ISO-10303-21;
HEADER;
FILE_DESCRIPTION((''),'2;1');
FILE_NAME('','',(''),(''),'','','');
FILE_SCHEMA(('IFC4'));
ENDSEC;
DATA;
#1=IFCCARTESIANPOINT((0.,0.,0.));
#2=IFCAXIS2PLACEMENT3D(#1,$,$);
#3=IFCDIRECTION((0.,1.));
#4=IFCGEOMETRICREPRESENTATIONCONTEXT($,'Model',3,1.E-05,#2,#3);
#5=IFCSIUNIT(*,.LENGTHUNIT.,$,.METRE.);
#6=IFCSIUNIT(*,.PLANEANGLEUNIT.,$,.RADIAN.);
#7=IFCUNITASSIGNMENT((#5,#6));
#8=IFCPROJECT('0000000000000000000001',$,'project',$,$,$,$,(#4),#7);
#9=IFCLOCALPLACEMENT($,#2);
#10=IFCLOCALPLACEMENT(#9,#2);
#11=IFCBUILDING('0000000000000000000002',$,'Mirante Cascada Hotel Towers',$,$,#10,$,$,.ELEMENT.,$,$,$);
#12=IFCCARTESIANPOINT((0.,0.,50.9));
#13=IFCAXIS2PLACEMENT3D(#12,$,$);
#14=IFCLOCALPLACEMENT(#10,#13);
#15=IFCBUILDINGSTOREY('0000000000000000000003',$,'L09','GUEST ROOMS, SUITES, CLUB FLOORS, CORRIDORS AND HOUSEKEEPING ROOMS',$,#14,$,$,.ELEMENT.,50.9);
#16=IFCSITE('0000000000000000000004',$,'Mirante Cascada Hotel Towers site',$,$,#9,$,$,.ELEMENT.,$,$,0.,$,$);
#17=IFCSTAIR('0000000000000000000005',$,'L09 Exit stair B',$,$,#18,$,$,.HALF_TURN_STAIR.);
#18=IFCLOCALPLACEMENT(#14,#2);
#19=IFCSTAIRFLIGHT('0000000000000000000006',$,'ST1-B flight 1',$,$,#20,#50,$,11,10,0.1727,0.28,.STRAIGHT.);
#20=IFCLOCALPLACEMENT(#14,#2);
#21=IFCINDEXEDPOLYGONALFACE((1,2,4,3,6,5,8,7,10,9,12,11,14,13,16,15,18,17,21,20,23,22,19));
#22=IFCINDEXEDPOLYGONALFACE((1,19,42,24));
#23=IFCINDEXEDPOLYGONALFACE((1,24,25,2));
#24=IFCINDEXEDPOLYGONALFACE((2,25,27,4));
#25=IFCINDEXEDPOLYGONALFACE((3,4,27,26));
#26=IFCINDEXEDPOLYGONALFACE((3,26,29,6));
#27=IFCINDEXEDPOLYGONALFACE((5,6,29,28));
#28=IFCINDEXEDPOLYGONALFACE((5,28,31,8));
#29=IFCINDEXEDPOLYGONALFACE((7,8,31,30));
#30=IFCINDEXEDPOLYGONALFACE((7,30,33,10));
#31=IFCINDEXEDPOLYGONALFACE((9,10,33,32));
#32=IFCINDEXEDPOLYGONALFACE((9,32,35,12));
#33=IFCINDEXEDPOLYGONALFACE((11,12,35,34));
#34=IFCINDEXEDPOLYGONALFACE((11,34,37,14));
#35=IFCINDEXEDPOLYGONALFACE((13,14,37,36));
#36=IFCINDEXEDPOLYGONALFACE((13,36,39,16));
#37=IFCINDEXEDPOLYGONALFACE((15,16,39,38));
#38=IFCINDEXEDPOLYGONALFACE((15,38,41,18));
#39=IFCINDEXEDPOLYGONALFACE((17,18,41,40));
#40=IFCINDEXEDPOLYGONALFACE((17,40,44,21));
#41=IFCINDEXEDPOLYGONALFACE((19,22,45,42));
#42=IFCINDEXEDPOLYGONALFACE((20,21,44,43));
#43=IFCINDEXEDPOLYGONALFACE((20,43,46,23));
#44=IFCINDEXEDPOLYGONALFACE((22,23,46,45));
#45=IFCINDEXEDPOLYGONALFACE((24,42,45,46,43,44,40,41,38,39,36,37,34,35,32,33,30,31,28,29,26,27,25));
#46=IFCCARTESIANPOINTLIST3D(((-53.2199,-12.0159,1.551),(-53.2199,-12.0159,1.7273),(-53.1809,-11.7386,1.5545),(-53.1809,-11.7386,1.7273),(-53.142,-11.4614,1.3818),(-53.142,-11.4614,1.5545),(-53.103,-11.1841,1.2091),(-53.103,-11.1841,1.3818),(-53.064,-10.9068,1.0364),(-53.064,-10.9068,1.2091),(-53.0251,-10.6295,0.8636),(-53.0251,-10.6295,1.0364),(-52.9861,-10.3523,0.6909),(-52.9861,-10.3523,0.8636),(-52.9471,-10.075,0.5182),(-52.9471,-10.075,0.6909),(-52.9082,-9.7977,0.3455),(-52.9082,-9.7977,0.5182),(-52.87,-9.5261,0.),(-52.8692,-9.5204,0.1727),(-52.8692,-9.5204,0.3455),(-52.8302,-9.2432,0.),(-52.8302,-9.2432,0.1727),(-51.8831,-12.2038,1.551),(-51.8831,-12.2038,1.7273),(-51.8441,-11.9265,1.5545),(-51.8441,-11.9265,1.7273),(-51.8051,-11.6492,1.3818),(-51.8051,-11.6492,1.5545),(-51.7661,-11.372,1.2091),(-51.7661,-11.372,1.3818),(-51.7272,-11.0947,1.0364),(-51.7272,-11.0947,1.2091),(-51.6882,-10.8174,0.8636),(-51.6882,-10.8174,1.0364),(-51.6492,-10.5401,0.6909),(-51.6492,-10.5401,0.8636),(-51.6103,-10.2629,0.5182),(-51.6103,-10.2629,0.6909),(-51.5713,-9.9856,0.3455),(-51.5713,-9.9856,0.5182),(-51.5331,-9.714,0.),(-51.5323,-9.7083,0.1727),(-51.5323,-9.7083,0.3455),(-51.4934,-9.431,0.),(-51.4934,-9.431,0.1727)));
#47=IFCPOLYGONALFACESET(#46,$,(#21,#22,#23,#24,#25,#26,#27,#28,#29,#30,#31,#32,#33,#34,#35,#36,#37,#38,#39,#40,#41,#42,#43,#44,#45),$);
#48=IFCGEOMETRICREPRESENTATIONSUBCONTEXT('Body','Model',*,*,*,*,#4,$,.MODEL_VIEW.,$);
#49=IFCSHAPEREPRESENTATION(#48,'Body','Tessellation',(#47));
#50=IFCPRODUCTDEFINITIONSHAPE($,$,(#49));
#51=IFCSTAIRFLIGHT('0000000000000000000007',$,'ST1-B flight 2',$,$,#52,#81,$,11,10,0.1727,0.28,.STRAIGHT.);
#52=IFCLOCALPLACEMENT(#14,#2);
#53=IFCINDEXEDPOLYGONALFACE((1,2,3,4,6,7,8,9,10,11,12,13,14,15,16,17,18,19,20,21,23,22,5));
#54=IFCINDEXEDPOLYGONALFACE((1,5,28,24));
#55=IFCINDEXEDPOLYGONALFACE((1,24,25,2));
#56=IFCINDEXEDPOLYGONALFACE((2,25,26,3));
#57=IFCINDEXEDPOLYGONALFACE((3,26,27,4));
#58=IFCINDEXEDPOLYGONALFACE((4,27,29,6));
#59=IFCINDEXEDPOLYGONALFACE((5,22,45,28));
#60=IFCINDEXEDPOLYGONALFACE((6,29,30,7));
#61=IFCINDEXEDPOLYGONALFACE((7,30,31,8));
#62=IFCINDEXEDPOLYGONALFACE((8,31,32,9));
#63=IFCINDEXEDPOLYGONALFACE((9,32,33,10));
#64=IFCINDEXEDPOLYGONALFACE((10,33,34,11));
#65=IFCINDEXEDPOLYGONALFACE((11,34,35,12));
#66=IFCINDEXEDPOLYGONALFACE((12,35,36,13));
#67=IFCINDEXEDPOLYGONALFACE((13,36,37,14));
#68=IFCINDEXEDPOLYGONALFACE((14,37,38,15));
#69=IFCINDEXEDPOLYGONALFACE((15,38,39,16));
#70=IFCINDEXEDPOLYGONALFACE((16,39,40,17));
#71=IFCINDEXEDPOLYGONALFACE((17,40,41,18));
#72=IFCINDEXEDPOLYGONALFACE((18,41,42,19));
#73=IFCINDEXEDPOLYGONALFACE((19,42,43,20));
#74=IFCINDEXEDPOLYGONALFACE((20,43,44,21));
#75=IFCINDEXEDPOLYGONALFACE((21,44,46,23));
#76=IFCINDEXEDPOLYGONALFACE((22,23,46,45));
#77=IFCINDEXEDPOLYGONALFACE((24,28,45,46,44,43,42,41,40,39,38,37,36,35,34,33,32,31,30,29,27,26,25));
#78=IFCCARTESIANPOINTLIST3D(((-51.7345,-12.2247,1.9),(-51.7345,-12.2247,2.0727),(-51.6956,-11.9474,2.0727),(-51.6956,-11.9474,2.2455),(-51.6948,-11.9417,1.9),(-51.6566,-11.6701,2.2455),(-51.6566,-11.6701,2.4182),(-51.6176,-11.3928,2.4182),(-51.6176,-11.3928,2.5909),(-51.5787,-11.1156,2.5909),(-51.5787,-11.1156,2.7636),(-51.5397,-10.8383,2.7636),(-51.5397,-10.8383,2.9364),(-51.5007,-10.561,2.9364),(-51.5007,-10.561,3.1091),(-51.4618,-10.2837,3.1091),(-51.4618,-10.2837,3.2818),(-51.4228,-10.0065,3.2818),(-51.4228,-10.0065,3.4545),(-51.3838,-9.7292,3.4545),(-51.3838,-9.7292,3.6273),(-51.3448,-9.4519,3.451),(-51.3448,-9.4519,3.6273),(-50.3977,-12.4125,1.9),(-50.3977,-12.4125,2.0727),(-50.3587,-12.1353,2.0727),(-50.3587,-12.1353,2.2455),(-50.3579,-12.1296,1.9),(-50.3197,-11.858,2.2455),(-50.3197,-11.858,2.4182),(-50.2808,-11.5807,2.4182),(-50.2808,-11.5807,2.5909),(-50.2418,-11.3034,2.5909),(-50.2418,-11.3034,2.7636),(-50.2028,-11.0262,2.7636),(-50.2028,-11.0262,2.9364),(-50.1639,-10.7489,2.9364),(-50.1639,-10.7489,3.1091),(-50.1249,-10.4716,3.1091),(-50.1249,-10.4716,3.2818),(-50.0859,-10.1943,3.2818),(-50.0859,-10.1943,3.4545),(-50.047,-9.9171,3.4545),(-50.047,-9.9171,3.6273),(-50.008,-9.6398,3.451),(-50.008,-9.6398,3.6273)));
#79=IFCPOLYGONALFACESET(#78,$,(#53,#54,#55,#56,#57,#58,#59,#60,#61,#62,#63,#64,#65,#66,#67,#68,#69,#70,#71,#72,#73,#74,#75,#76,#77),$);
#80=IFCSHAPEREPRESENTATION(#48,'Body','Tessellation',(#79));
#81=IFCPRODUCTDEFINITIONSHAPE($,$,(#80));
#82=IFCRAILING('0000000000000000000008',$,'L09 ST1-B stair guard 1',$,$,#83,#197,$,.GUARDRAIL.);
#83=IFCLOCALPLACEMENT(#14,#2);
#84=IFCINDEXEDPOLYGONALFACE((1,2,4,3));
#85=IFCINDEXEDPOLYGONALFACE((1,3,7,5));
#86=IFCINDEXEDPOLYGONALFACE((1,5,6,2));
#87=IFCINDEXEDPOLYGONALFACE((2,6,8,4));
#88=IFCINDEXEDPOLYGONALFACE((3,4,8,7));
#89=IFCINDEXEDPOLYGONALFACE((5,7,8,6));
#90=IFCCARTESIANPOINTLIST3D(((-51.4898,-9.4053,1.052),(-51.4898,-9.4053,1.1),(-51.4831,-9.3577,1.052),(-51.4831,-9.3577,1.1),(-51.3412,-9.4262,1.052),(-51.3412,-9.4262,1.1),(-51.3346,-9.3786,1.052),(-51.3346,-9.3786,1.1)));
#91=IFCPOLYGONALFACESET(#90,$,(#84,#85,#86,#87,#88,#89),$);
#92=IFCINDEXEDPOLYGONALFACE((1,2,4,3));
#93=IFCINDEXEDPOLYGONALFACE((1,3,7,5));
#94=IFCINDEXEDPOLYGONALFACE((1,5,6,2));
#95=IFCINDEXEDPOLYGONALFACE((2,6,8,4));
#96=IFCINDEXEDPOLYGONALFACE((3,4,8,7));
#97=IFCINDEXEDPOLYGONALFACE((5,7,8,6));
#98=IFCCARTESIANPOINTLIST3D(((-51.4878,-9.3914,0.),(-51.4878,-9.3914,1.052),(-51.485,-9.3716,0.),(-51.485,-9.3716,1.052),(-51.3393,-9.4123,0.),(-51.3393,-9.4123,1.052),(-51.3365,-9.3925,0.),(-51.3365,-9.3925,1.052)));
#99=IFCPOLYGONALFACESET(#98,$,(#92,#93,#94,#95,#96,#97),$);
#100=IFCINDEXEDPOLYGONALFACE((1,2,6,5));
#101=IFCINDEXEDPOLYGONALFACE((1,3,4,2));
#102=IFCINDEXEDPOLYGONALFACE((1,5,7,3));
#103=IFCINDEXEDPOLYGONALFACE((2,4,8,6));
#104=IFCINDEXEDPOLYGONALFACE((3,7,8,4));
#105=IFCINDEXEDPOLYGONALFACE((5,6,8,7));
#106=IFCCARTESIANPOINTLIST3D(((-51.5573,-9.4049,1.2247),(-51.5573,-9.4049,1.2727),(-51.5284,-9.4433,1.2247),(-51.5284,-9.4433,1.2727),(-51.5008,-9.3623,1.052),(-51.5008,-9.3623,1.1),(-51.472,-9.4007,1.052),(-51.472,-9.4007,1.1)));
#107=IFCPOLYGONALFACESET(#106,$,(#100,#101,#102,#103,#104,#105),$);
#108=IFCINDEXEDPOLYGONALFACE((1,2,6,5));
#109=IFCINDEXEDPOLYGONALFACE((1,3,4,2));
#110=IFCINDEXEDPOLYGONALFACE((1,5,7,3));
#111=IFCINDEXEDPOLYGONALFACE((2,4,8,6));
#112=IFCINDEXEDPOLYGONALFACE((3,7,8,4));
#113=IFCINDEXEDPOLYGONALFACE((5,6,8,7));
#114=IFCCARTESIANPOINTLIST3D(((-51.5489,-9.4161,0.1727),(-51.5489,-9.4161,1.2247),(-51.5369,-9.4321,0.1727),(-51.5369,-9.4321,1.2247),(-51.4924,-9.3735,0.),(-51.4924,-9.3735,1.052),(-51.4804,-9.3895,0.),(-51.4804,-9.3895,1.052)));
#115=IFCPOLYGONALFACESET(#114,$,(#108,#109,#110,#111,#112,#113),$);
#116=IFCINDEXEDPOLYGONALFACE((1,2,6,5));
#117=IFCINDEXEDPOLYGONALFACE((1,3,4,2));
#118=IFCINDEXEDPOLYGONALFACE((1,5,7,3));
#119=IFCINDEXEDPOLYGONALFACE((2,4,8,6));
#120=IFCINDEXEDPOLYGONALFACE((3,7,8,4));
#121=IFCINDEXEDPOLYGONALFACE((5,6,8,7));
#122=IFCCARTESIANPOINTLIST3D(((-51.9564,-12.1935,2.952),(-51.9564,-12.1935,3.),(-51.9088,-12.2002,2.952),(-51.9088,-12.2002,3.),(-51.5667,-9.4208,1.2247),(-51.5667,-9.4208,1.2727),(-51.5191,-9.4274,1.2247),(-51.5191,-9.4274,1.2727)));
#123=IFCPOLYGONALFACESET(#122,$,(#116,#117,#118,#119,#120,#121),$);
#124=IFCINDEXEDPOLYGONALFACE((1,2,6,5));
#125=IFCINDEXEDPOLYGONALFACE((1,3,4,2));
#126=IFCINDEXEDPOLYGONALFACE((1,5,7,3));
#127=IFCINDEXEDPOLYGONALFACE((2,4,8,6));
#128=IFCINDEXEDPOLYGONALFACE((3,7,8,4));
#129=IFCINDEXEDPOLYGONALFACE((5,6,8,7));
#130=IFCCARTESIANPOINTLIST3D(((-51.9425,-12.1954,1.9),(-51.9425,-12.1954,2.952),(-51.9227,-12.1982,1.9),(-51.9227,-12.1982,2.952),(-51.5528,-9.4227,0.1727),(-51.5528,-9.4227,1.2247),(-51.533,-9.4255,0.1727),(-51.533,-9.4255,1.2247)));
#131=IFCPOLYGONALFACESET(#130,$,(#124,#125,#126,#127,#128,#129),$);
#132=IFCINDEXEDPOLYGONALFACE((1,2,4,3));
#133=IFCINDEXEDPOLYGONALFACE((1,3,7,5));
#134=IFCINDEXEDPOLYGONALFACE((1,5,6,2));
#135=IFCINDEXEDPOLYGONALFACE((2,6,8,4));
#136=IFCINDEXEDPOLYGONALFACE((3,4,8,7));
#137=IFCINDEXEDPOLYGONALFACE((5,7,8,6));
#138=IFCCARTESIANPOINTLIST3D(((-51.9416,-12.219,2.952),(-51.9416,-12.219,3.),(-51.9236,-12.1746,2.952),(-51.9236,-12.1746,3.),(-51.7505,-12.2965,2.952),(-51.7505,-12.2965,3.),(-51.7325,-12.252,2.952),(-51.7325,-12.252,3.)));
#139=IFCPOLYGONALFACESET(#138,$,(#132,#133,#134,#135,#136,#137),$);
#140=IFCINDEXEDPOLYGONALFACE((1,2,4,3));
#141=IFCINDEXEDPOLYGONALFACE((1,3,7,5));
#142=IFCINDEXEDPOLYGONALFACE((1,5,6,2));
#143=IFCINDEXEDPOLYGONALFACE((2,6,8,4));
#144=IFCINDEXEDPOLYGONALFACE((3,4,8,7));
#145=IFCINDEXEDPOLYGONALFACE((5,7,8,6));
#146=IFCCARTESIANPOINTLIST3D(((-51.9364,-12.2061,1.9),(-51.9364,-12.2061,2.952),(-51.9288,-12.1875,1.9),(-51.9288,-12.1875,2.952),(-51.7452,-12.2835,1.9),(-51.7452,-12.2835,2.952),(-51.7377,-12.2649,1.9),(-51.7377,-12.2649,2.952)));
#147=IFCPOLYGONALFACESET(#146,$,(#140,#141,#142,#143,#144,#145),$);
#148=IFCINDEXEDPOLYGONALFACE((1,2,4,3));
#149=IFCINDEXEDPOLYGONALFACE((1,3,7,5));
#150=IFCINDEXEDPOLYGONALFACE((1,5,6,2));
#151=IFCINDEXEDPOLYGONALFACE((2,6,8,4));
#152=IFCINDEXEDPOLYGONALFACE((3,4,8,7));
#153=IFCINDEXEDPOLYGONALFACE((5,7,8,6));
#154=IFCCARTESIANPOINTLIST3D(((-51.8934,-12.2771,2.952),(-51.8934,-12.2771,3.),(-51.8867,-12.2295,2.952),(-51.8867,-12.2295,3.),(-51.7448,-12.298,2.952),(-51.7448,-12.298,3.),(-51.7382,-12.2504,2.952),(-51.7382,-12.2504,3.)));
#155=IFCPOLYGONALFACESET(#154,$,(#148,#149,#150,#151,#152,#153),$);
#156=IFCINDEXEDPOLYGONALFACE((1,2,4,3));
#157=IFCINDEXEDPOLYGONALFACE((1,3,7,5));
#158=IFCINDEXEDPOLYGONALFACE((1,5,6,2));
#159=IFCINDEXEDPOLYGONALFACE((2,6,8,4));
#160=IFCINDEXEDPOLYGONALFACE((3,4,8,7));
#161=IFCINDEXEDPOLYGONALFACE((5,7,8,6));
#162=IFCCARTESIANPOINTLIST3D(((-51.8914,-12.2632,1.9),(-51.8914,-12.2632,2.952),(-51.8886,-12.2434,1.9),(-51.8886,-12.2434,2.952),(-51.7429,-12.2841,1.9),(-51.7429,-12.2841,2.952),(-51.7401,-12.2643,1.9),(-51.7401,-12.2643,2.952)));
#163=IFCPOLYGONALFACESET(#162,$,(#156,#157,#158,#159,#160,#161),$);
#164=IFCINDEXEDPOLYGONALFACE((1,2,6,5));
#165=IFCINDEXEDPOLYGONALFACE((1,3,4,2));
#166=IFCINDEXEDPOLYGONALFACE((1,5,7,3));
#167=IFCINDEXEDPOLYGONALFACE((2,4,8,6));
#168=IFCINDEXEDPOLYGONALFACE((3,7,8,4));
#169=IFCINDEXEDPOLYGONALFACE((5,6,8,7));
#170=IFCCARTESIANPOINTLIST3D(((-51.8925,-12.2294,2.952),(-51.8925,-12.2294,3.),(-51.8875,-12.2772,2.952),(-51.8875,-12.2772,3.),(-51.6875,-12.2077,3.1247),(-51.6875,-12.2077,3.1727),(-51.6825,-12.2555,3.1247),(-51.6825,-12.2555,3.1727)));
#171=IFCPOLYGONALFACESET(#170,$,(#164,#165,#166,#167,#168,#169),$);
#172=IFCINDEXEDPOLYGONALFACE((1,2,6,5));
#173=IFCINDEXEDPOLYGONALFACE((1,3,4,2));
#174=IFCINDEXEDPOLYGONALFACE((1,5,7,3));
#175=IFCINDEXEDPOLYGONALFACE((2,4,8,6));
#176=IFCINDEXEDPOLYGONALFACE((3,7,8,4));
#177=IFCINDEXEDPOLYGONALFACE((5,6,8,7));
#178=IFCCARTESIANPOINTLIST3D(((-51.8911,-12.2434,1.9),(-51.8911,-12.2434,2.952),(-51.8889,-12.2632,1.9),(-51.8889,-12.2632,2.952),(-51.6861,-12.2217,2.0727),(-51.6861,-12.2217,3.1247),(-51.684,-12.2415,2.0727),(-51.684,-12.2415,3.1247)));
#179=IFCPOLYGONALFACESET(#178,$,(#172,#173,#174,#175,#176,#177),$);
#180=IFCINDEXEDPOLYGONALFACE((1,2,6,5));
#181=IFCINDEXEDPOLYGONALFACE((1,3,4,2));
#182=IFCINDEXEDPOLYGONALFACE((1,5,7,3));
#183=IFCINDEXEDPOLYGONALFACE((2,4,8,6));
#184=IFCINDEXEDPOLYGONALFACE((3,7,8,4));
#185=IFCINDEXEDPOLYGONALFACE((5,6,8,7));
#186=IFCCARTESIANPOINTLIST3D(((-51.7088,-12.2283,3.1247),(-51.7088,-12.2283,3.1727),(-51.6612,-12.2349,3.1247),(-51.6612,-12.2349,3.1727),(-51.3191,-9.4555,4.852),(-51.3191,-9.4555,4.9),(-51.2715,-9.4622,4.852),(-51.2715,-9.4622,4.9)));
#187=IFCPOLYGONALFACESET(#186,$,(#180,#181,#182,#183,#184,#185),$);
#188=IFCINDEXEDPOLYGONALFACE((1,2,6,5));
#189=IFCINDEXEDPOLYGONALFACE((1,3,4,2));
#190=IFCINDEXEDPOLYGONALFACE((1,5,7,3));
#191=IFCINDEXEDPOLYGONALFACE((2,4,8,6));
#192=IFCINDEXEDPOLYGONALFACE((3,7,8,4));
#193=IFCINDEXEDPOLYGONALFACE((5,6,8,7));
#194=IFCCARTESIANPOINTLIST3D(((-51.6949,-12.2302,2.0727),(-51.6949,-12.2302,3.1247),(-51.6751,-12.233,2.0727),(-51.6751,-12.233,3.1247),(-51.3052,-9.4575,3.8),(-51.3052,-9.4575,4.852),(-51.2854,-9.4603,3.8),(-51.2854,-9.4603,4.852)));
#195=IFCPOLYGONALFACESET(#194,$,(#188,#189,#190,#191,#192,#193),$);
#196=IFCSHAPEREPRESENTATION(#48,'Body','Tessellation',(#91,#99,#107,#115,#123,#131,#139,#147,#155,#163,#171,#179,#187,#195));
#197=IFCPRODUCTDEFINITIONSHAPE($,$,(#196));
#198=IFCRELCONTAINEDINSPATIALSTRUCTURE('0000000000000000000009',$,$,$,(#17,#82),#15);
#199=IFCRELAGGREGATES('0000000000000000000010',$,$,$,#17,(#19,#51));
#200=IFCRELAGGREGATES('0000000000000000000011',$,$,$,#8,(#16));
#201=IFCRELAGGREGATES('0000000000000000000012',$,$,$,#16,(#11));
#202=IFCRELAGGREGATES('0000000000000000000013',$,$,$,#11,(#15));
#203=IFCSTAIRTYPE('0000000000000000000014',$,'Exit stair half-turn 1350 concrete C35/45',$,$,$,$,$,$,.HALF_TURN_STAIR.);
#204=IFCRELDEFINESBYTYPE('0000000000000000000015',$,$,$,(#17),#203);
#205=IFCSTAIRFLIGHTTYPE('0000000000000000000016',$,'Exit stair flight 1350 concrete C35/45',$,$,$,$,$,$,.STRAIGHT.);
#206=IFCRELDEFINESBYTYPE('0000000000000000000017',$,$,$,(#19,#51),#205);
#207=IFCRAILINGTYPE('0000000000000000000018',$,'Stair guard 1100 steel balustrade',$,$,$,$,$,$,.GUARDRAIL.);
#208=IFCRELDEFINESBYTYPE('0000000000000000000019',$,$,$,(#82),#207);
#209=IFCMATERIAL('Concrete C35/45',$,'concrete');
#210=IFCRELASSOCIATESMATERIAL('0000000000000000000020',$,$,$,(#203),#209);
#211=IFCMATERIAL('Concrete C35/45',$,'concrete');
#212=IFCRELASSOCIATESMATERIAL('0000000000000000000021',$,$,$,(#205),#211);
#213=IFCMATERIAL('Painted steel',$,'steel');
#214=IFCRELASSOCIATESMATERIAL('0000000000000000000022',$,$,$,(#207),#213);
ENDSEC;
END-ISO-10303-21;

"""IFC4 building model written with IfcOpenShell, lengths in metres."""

from ifc_helpers import new_model, si_unit, direction, frame, origin, origin_2d, place, context, subcontext, project, spatial, polyline, rectangle, outline, extrude, material, type_object, element, aggregate, save


model = new_model("IFC4")

# Units and contexts
model_context = context("Model", 3, precision=1e-05, world=origin(), true_north=direction((0.0, 1.0)))
body_context = subcontext(model_context, "Body", "Model", "MODEL_VIEW")
ifc_project = project(units=[si_unit("LENGTHUNIT", "METRE"), si_unit("PLANEANGLEUNIT", "RADIAN")], contexts=[model_context])

# Site, building, storey
site_placement = place(None, origin())
site = spatial("IfcSite", under=ifc_project, at=site_placement, Name="Mirante Cascada Hotel Towers site", CompositionType="ELEMENT", RefElevation=0.0)
building_placement = place(site_placement, origin())
building = spatial("IfcBuilding", under=site, at=building_placement, Name="Mirante Cascada Hotel Towers", CompositionType="ELEMENT")
storey_placement = place(building_placement, frame((0.0, 0.0, 50.9)))
storey = spatial("IfcBuildingStorey", under=building, at=storey_placement, Name="L09", Description="GUEST ROOMS, SUITES, CLUB FLOORS, CORRIDORS AND HOUSEKEEPING ROOMS", CompositionType="ELEMENT", Elevation=50.9)

# Stair, stair flights
ifc_material_1 = material(Name="Concrete C35/45", Category="concrete")
stair_type = type_object("IfcStairType", Name="Exit stair half-turn 1350 concrete C35/45", PredefinedType="HALF_TURN_STAIR", material=ifc_material_1)
stair_placement = place(storey_placement, origin())
stair = element("IfcStair", 1, at=stair_placement, inside=storey, type_object=stair_type, Name="L09 Exit stair B", PredefinedType="HALF_TURN_STAIR")
ifc_material_2 = material(Name="Concrete C35/45", Category="concrete")
stair_flight_type = type_object("IfcStairFlightType", Name="Exit stair flight 1350 concrete C35/45", PredefinedType="STRAIGHT", material=ifc_material_2)
stair_flight_1_placement = place(storey_placement, frame((-52.1618, -9.3371, 0.0), z_axis=(0.0, 0.0, 1.0), x_axis=(-0.139173, -0.990268, 0.0)))
stair_flight_1 = element("IfcStairFlight", 2, at=stair_flight_1_placement, type_object=stair_flight_type, Name="ST1-B flight 1", NumberOfRisers=11, NumberOfTreads=10, PredefinedType="STRAIGHT", RiserHeight=0.1727, TreadLength=0.28, context=body_context, shape_type="SweptSolid", body=[
    extrude(outline(polyline([(0.0, 0.0), (0.0, 0.1727), (0.28, 0.1727), (0.28, 0.3455), (0.56, 0.3455), (0.56, 0.5182), (0.84, 0.5182), (0.84, 0.6909), (1.12, 0.6909), (1.12, 0.8636), (1.4, 0.8636), (1.4, 1.0364), (1.68, 1.0364), (1.68, 1.2091), (1.96, 1.2091), (1.96, 1.3818), (2.24, 1.3818), (2.24, 1.5545), (2.52, 1.5545), (2.52, 1.7273), (2.8, 1.7273), (2.8, 1.9), (2.8, 1.551), (0.2857, 0.0), (0.0, 0.0)])), frame((0.0, 0.675, 0.0), z_axis=(0.0, -1.0, 0.0), x_axis=(1.0, 0.0, 0.0)), (0.0, 0.0, 1.0), 1.35),
])
stair_flight_2_placement = place(storey_placement, frame((-51.0661, -12.3186, 1.9), z_axis=(0.0, 0.0, 1.0), x_axis=(0.139173, 0.990268, 0.0)))
stair_flight_2 = element("IfcStairFlight", 3, at=stair_flight_2_placement, type_object=stair_flight_type, Name="ST1-B flight 2", NumberOfRisers=11, NumberOfTreads=10, PredefinedType="STRAIGHT", RiserHeight=0.1727, TreadLength=0.28, context=body_context, shape_type="SweptSolid", body=[
    extrude(outline(polyline([(0.0, 0.0), (0.0, 0.1727), (0.28, 0.1727), (0.28, 0.3455), (0.56, 0.3455), (0.56, 0.5182), (0.84, 0.5182), (0.84, 0.6909), (1.12, 0.6909), (1.12, 0.8636), (1.4, 0.8636), (1.4, 1.0364), (1.68, 1.0364), (1.68, 1.2091), (1.96, 1.2091), (1.96, 1.3818), (2.24, 1.3818), (2.24, 1.5545), (2.52, 1.5545), (2.52, 1.7273), (2.8, 1.7273), (2.8, 1.9), (2.8, 1.551), (0.2857, 0.0), (0.0, 0.0)])), frame((0.0, 0.675, 0.0), z_axis=(0.0, -1.0, 0.0), x_axis=(1.0, 0.0, 0.0)), (0.0, 0.0, 1.0), 1.35),
])
aggregate(stair, [stair_flight_1, stair_flight_2])

# Railing
ifc_material_3 = material(Name="Painted steel", Category="steel")
railing_type_1 = type_object("IfcRailingType", Name="Stair guard 1100 steel balustrade", PredefinedType="GUARDRAIL", material=ifc_material_3)
railing_1_placement = place(storey_placement, frame((-51.3379, -9.4024, 0.0)))
element("IfcRailing", 4, at=railing_1_placement, inside=storey, type_object=railing_type_1, Name="L09 ST1-B stair guard 1", PredefinedType="GUARDRAIL", context=body_context, shape_type="SweptSolid", body=[
    extrude(rectangle(XDim=0.048, YDim=0.048, at=origin_2d()), frame((0.0, 0.0, 1.076), z_axis=(-0.990241, 0.139367, 0.0), x_axis=(-0.139367, -0.990241, 0.0)), (0.0, 0.0, 1.0), 0.15),
    extrude(rectangle(XDim=0.02, YDim=1.052, at=origin_2d()), frame((0.0, 0.0, 0.526), z_axis=(-0.990241, 0.139367, 0.0), x_axis=(-0.139367, -0.990241, 0.0)), (0.0, 0.0, 1.0), 0.15),
    extrude(rectangle(XDim=0.048, YDim=0.048, at=origin_2d()), frame((-0.1485, 0.0209, 1.076), z_axis=(-0.798471, -0.602033, 0.0), x_axis=(0.602033, -0.798471, 0.0)), (0.0, 0.92534, 0.379139), 0.1866),
    extrude(rectangle(XDim=0.02, YDim=1.052, at=origin_2d()), frame((-0.1485, 0.0209, 0.526), z_axis=(-0.798471, -0.602033, 0.0), x_axis=(0.602033, -0.798471, 0.0)), (0.0, 0.92534, 0.379139), 0.1866),
    extrude(rectangle(XDim=0.048, YDim=0.048, at=origin_2d()), frame((-0.205, -0.0217, 1.2487), z_axis=(-0.139181, -0.990267, 0.0), x_axis=(0.990267, -0.139181, 0.0)), (0.0, 0.525035, 0.851081), 3.2899),
    extrude(rectangle(XDim=0.02, YDim=1.052, at=origin_2d()), frame((-0.205, -0.0217, 0.6987), z_axis=(-0.139181, -0.990267, 0.0), x_axis=(0.990267, -0.139181, 0.0)), (0.0, 0.525035, 0.851081), 3.2899),
    extrude(rectangle(XDim=0.048, YDim=0.048, at=origin_2d()), frame((-0.5947, -2.7944, 2.976), z_axis=(0.926862, -0.375401, 0.0), x_axis=(0.375401, 0.926862, 0.0)), (0.0, 0.0, 1.0), 0.2062),
    extrude(rectangle(XDim=0.02, YDim=1.052, at=origin_2d()), frame((-0.5947, -2.7944, 2.426), z_axis=(0.926862, -0.375401, 0.0), x_axis=(0.375401, 0.926862, 0.0)), (0.0, 0.0, 1.0), 0.2062),
    extrude(rectangle(XDim=0.048, YDim=0.048, at=origin_2d()), frame((-0.4036, -2.8718, 2.976), z_axis=(-0.990241, 0.139367, 0.0), x_axis=(-0.139367, -0.990241, 0.0)), (0.0, 0.0, 1.0), 0.15),
    extrude(rectangle(XDim=0.02, YDim=1.052, at=origin_2d()), frame((-0.4036, -2.8718, 2.426), z_axis=(-0.990241, 0.139367, 0.0), x_axis=(-0.139367, -0.990241, 0.0)), (0.0, 0.0, 1.0), 0.15),
    extrude(rectangle(XDim=0.048, YDim=0.048, at=origin_2d()), frame((-0.5521, -2.8509, 2.976), z_axis=(0.994444, 0.105266, 0.0), x_axis=(-0.105266, 0.994444, 0.0)), (0.0, 0.642184, 0.76655), 0.2689),
    extrude(rectangle(XDim=0.02, YDim=1.052, at=origin_2d()), frame((-0.5521, -2.8509, 2.426), z_axis=(0.994444, 0.105266, 0.0), x_axis=(-0.105266, 0.994444, 0.0)), (0.0, 0.642184, 0.76655), 0.2689),
    extrude(rectangle(XDim=0.048, YDim=0.048, at=origin_2d()), frame((-0.3471, -2.8292, 3.1487), z_axis=(0.139181, 0.990267, 0.0), x_axis=(-0.990267, 0.139181, 0.0)), (0.0, 0.525035, 0.851081), 3.2899),
    extrude(rectangle(XDim=0.02, YDim=1.052, at=origin_2d()), frame((-0.3471, -2.8292, 2.5987), z_axis=(0.139181, 0.990267, 0.0), x_axis=(-0.990267, 0.139181, 0.0)), (0.0, 0.525035, 0.851081), 3.2899),
])

save(model, "model.ifc")
